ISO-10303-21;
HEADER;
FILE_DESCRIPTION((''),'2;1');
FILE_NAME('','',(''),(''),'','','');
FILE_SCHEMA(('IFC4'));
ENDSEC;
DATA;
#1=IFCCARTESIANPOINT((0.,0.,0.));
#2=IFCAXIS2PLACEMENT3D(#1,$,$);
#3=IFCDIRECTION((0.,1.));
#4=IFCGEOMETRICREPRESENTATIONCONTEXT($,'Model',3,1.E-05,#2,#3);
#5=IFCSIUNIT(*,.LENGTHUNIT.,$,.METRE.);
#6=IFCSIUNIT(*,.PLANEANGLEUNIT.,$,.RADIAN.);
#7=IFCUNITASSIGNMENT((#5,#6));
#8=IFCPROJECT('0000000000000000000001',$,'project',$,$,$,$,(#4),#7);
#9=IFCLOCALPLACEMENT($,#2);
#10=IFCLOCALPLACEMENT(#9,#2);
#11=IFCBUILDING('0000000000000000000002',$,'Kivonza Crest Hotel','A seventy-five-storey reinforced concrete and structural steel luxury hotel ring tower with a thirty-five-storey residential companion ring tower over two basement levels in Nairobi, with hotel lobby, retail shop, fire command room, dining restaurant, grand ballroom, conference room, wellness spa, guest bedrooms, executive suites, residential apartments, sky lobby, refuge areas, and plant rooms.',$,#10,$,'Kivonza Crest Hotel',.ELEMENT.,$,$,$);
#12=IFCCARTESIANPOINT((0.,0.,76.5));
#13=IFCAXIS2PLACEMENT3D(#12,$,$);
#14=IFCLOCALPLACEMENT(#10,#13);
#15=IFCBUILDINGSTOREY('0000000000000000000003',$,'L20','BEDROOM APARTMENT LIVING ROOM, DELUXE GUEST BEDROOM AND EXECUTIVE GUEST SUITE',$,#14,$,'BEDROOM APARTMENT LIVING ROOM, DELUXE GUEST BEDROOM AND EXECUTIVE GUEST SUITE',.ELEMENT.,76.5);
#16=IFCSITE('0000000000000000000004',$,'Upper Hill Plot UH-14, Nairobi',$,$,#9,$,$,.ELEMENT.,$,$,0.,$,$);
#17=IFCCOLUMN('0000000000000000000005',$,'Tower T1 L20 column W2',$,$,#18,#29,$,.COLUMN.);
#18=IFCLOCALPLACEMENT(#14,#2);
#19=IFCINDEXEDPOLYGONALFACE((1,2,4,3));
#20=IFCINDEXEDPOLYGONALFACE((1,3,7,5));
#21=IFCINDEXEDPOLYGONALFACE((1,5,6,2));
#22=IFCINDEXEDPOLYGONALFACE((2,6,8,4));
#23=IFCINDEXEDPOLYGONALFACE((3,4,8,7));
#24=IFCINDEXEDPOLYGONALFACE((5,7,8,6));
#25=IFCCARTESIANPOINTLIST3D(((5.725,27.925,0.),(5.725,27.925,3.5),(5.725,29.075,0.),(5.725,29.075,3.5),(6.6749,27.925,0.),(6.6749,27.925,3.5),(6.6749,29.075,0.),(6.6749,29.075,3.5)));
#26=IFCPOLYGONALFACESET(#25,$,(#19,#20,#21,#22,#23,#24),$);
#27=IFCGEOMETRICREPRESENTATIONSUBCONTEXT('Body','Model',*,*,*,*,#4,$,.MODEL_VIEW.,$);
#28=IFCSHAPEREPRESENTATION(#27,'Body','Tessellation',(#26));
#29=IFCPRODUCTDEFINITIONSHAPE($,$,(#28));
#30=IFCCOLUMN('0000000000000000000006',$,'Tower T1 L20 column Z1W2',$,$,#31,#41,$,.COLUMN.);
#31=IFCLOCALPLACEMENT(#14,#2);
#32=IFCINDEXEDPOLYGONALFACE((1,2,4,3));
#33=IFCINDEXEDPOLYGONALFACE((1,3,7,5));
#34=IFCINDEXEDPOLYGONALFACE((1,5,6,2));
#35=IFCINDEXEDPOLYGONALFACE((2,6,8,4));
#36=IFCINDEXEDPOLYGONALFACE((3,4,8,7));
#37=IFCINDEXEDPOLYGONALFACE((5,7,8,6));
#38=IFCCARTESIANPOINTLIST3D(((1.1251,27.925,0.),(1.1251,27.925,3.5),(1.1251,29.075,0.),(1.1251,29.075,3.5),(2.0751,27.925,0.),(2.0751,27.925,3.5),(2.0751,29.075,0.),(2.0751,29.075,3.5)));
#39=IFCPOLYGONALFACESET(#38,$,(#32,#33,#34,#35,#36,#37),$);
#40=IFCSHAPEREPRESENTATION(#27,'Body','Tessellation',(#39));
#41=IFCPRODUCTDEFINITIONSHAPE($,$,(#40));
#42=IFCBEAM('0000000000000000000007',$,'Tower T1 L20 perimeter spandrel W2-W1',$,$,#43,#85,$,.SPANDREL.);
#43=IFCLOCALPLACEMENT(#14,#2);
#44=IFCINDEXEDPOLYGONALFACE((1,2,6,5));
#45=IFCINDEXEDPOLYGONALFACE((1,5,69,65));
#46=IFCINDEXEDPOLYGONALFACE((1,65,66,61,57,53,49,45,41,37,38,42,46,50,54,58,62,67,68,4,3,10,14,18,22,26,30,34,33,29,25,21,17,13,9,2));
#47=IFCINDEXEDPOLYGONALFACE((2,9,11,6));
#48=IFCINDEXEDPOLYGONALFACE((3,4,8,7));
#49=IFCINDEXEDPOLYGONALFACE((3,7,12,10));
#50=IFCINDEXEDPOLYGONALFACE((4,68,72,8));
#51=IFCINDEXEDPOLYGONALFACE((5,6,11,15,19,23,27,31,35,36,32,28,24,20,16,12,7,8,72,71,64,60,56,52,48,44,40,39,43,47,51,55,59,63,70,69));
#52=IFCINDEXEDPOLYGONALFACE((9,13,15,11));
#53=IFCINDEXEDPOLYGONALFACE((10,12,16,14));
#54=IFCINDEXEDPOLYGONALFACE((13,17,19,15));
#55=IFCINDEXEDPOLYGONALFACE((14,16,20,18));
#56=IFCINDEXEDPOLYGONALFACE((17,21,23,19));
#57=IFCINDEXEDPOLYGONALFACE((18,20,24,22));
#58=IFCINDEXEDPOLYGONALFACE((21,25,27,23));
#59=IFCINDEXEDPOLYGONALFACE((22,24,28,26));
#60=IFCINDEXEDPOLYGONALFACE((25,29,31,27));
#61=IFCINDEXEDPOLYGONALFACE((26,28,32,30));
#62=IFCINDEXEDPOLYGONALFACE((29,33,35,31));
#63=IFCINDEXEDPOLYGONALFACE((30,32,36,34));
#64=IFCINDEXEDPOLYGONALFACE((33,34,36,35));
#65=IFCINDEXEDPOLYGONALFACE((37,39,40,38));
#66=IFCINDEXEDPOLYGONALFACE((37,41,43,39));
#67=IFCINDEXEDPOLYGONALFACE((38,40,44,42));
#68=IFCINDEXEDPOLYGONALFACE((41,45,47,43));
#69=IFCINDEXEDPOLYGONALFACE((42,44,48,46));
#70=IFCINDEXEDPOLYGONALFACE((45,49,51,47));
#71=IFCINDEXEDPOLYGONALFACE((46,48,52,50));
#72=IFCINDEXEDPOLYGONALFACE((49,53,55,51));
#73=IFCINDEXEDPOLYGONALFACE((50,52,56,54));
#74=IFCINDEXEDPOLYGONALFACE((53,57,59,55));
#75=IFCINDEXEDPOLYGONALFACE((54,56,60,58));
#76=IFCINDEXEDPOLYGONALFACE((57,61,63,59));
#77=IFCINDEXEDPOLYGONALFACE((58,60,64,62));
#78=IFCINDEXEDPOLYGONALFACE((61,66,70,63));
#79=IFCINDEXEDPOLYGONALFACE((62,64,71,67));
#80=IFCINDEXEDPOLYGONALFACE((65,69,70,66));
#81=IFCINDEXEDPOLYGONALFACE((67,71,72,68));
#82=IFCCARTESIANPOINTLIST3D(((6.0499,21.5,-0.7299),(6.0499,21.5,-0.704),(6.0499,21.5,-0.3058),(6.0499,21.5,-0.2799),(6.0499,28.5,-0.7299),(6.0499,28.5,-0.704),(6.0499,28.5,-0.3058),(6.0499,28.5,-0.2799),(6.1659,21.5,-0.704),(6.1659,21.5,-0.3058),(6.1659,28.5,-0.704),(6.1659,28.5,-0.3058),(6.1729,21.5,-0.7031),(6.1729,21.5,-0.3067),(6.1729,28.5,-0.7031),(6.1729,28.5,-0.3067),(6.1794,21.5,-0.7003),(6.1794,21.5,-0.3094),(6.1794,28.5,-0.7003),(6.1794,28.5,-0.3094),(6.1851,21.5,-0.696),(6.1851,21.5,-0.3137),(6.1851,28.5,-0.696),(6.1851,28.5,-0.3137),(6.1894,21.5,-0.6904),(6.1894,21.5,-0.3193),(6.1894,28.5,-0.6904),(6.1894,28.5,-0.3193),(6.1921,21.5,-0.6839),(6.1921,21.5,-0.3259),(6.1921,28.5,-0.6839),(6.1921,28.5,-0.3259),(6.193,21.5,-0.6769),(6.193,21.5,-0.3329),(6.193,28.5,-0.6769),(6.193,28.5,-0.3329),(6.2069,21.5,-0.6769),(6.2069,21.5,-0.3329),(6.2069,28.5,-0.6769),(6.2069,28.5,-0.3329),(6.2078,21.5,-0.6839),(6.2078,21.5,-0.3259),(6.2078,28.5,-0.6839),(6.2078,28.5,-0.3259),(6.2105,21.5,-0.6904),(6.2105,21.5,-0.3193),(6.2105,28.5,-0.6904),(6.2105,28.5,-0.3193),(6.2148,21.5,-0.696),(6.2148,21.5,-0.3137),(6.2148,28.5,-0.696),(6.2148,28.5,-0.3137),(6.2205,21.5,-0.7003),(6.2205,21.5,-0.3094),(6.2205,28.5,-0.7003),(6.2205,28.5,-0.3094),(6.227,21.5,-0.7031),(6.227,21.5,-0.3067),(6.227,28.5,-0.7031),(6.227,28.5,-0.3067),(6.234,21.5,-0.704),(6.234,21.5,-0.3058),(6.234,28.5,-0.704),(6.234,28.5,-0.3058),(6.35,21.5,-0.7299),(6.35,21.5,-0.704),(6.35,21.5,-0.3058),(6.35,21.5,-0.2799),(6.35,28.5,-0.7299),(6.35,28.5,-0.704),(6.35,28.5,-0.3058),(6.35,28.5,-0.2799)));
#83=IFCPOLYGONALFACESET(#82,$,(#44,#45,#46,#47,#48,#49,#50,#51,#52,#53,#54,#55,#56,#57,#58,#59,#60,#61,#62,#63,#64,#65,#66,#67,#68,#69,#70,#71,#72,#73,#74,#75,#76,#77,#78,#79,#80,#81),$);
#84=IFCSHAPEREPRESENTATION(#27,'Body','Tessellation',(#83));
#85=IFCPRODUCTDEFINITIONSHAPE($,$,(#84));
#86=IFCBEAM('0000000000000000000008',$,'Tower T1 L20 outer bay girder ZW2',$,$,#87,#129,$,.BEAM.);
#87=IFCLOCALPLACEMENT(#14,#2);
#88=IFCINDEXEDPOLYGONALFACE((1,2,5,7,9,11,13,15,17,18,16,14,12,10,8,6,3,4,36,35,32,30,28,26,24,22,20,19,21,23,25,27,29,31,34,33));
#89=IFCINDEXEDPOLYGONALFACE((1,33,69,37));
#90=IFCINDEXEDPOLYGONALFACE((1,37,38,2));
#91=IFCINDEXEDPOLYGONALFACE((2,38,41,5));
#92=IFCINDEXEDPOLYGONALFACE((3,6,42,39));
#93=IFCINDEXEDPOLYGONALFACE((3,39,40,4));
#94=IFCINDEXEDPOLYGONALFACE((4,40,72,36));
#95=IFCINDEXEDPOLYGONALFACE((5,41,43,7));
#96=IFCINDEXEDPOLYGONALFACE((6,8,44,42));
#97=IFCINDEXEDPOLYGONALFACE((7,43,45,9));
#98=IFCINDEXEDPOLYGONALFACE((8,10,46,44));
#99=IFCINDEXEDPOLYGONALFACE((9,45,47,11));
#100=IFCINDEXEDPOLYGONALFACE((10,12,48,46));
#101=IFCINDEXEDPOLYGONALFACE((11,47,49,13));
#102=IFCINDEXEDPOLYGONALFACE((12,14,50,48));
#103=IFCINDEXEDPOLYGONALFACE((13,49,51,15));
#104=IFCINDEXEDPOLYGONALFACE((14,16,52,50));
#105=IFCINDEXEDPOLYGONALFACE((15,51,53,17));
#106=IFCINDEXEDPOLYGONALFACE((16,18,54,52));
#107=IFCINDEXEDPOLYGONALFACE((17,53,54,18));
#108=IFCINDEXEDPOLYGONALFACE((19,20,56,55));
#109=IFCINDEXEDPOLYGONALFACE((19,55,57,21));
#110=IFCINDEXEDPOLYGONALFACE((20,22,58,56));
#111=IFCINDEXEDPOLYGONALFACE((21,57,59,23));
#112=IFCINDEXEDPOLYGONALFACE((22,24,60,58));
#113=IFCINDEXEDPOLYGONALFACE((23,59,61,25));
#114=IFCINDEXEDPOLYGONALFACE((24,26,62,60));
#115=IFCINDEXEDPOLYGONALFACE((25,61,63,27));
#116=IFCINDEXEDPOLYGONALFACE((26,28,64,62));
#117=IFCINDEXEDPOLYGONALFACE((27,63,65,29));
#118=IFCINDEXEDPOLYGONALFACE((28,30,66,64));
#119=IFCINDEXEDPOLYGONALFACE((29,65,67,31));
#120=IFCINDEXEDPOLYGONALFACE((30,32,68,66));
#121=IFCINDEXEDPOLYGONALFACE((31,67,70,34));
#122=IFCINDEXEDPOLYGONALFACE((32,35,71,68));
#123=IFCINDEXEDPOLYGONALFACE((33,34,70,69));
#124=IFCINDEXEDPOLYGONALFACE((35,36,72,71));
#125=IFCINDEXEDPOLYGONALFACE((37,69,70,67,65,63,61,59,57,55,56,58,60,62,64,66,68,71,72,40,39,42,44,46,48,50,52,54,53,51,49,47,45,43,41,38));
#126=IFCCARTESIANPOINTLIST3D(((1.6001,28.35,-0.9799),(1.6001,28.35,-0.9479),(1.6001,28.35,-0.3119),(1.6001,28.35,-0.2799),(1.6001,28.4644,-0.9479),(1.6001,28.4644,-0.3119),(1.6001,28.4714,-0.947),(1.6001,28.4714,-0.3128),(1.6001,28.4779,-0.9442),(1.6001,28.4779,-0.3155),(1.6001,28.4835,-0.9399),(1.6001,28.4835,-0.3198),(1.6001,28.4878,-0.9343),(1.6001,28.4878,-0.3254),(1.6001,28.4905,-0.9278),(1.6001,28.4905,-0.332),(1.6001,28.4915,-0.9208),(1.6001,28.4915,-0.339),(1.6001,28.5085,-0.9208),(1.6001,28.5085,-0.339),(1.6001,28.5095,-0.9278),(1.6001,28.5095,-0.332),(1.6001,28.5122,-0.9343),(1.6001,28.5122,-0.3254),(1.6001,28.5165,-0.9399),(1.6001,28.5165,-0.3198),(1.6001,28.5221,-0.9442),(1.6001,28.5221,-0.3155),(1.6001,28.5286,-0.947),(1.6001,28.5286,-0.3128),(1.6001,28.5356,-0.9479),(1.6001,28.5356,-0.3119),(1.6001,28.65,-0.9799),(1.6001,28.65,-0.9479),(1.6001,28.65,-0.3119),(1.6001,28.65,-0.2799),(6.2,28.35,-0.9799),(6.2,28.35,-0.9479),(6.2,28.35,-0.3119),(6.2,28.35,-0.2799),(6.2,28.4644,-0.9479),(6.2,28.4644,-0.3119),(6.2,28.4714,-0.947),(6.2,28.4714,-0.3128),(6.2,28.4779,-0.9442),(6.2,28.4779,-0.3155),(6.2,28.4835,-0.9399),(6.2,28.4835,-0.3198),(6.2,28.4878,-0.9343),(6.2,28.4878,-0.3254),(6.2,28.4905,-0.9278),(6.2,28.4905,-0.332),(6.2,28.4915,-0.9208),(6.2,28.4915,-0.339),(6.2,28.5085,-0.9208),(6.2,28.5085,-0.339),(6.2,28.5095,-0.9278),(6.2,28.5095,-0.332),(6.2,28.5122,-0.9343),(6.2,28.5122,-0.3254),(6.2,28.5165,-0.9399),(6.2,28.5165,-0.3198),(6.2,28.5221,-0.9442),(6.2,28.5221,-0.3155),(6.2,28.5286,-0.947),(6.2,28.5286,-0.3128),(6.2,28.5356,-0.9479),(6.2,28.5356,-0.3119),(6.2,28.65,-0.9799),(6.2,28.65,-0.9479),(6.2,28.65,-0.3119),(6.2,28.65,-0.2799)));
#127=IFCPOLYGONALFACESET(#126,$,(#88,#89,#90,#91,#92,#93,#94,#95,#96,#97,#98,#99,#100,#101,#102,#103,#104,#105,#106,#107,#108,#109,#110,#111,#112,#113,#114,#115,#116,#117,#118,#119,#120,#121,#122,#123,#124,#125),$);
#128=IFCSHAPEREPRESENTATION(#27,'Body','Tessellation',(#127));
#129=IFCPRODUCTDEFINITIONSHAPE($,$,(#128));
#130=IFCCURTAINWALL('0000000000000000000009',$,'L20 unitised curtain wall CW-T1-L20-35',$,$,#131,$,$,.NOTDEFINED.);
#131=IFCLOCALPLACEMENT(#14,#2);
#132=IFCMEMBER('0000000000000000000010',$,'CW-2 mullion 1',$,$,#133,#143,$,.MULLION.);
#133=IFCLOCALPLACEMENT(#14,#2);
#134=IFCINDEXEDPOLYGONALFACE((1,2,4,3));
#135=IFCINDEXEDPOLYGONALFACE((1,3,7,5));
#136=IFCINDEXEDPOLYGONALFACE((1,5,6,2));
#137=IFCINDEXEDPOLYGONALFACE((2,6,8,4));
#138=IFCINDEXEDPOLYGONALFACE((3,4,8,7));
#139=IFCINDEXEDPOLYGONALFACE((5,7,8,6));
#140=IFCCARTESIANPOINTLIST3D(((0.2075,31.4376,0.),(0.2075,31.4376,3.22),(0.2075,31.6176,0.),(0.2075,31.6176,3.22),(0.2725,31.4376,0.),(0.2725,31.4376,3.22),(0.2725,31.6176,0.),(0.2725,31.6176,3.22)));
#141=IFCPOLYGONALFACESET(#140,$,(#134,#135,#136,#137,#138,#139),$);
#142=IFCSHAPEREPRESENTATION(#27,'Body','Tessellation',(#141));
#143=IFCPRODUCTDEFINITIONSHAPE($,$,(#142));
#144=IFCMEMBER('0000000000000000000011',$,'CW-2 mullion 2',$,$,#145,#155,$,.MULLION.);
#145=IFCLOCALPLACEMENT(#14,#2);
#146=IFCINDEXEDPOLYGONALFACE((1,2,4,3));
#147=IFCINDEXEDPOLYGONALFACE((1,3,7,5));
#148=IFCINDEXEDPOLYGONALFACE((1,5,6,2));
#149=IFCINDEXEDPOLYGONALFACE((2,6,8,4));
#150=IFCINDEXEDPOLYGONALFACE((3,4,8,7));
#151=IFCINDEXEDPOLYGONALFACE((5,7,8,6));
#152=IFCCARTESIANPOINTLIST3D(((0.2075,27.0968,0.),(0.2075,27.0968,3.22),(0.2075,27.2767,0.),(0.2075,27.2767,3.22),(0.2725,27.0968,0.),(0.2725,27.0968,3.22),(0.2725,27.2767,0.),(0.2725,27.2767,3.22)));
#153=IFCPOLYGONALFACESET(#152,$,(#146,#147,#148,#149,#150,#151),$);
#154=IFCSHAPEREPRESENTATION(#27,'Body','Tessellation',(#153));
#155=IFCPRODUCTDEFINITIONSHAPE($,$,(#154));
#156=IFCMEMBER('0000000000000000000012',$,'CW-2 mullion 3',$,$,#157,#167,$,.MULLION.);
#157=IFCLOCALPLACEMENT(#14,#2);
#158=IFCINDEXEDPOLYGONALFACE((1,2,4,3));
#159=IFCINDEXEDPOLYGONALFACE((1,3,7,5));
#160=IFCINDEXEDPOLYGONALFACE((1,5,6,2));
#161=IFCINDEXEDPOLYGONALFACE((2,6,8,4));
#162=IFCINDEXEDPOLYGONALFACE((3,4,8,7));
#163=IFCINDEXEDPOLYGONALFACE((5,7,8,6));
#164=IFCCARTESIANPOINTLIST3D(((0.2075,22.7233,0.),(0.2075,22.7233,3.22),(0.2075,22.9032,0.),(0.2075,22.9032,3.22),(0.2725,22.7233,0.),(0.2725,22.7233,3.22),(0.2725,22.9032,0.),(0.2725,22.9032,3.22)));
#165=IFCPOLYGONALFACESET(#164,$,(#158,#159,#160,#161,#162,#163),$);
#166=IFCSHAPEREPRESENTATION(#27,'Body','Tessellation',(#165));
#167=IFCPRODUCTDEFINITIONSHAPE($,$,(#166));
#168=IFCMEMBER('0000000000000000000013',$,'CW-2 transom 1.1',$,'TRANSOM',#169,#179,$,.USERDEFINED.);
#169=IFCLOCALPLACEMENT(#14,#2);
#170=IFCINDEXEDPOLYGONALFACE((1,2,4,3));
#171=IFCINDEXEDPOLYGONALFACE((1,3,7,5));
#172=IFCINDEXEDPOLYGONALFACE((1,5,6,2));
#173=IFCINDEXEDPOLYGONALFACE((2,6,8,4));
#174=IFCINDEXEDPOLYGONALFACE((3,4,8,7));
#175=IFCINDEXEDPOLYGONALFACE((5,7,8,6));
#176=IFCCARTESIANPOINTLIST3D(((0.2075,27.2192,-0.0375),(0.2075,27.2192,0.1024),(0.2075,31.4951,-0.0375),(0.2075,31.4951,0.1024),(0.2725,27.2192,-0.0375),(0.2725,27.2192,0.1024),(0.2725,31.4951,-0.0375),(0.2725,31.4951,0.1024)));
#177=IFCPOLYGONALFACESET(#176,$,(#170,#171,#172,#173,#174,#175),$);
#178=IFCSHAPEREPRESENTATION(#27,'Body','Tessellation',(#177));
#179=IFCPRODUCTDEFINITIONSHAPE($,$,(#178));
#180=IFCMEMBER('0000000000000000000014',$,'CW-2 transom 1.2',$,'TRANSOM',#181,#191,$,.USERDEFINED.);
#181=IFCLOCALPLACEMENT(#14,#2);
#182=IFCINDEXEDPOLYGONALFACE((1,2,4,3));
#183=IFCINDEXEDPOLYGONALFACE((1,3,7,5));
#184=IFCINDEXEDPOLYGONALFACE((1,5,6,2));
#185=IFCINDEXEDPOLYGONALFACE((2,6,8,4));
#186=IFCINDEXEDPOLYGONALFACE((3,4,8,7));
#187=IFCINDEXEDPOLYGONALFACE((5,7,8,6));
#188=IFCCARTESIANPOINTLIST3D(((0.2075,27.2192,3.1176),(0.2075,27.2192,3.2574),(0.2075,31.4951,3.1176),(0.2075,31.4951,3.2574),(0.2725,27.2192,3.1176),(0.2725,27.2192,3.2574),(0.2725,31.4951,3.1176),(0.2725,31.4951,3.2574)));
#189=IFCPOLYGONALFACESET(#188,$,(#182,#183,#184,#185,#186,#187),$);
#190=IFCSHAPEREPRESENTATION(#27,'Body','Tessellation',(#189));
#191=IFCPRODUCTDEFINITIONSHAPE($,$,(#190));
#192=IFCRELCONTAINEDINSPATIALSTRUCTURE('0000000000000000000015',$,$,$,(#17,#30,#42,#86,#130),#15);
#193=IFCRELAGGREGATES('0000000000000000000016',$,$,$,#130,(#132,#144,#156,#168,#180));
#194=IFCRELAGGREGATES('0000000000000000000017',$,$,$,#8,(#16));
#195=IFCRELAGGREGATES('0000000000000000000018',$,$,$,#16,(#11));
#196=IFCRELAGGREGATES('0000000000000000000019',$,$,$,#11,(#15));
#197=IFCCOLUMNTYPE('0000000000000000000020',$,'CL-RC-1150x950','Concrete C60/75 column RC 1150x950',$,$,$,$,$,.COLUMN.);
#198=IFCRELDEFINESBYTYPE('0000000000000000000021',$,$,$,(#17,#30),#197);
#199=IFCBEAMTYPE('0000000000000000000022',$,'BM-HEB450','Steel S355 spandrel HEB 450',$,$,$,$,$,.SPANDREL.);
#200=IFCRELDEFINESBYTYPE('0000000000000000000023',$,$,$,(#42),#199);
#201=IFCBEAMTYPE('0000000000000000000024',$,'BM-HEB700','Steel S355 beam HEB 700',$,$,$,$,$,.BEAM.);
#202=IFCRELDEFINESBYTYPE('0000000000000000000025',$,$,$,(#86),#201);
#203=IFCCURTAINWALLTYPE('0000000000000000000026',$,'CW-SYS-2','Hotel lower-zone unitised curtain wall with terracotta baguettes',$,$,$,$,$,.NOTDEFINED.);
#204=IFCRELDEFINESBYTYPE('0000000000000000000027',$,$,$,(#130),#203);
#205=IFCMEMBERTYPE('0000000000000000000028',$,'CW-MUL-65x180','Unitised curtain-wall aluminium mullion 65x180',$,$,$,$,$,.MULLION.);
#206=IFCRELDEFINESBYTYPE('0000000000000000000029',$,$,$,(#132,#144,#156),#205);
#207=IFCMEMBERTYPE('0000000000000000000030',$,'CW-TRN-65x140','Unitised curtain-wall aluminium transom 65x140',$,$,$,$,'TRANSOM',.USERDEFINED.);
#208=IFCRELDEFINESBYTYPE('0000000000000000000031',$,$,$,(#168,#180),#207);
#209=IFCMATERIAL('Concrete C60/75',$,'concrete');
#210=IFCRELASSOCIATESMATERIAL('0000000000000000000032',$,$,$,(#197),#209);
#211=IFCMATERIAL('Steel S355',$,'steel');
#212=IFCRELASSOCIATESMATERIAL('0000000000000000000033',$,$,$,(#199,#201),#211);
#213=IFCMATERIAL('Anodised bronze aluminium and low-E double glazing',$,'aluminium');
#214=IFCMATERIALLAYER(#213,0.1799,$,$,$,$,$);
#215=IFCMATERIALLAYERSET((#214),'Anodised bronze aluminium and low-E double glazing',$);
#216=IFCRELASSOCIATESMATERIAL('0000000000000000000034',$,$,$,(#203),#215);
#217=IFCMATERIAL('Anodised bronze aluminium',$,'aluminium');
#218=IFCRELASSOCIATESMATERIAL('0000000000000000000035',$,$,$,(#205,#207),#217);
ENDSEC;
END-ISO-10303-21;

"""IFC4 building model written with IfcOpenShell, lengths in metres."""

from ifc_helpers import new_model, si_unit, direction, frame, origin, origin_2d, place, context, subcontext, project, spatial, rectangle, i_section, extrude, material, layer, layer_set, material_profile, profile_set, type_object, element, aggregate, save


model = new_model("IFC4")

# Units and contexts
model_context = context("Model", 3, precision=1e-05, world=origin(), true_north=direction((0.0, 1.0)))
body_context = subcontext(model_context, "Body", "Model", "MODEL_VIEW")
ifc_project = project(units=[si_unit("LENGTHUNIT", "METRE"), si_unit("PLANEANGLEUNIT", "RADIAN")], contexts=[model_context])

# Site, building, storey
site_placement = place(None, origin())
site = spatial("IfcSite", under=ifc_project, at=site_placement, Name="Upper Hill Plot UH-14, Nairobi", CompositionType="ELEMENT", RefElevation=0.0)
building_placement = place(site_placement, origin())
building = spatial("IfcBuilding", under=site, at=building_placement, Name="Kivonza Crest Hotel", Description="A seventy-five-storey reinforced concrete and structural steel luxury hotel ring tower with a thirty-five-storey residential companion ring tower over two basement levels in Nairobi, with hotel lobby, retail shop, fire command room, dining restaurant, grand ballroom, conference room, wellness spa, guest bedrooms, executive suites, residential apartments, sky lobby, refuge areas, and plant rooms.", LongName="Kivonza Crest Hotel", CompositionType="ELEMENT")
storey_placement = place(building_placement, frame((0.0, 0.0, 76.5)))
storey = spatial("IfcBuildingStorey", under=building, at=storey_placement, Name="L20", Description="BEDROOM APARTMENT LIVING ROOM, DELUXE GUEST BEDROOM AND EXECUTIVE GUEST SUITE", LongName="BEDROOM APARTMENT LIVING ROOM, DELUXE GUEST BEDROOM AND EXECUTIVE GUEST SUITE", CompositionType="ELEMENT", Elevation=76.5)

# Columns
ifc_material_1 = material(Name="Concrete C60/75", Category="concrete")
ifc_material_profile_1 = material_profile(ifc_material_1, rectangle(XDim=0.95, YDim=1.1499, at=origin_2d()), Name="RC 1150x950")
ifc_profile_set_1 = profile_set([ifc_material_profile_1], Name="Concrete C60/75")
column_type = type_object("IfcColumnType", Name="CL-RC-1150x950", Description="Concrete C60/75 column RC 1150x950", PredefinedType="COLUMN", material=ifc_profile_set_1)
for number, where, z_axis, x_axis, name in (
    (1, (6.2, 28.5, 0.0), (0.0, 0.0, 1.0), (1.0, 0.0, 0.0), "Tower T1 L20 column W2"),
    (2, (1.6001, 28.5, 0.0), (0.0, 0.0, 1.0), (1.0, 0.0, 0.0), "Tower T1 L20 column Z1W2"),
):
    element("IfcColumn", number, at=place(storey_placement, frame(where, z_axis=z_axis, x_axis=x_axis)), inside=storey, type_object=column_type, Name=name, PredefinedType="COLUMN", context=body_context, shape_type="SweptSolid", body=[
        extrude(rectangle(XDim=0.95, YDim=1.1499, at=origin_2d()), origin(), (0.0, 0.0, 1.0), 3.5),
    ])

# Beams
ifc_material_2 = material(Name="Steel S355", Category="steel")
ifc_material_profile_2 = material_profile(ifc_material_2, i_section(OverallWidth=0.3, OverallDepth=0.45, WebThickness=0.0139, FlangeThickness=0.0259, FilletRadius=0.0271, at=origin_2d()), Name="HEB 450")
ifc_profile_set_2 = profile_set([ifc_material_profile_2], Name="Steel S355")
beam_type_1 = type_object("IfcBeamType", Name="BM-HEB450", Description="Steel S355 spandrel HEB 450", PredefinedType="SPANDREL", material=ifc_profile_set_2)
beam_1_placement = place(storey_placement, frame((6.2, 28.5, -0.5049), z_axis=(0.0, -1.0, 0.0), x_axis=(1.0, 0.0, 0.0)))
element("IfcBeam", 3, at=beam_1_placement, inside=storey, type_object=beam_type_1, Name="Tower T1 L20 perimeter spandrel W2-W1", PredefinedType="SPANDREL", context=body_context, shape_type="SweptSolid", body=[
    extrude(i_section(OverallWidth=0.3, OverallDepth=0.45, WebThickness=0.0139, FlangeThickness=0.0259, FilletRadius=0.0271, at=origin_2d()), origin(), (0.0, 0.0, 1.0), 7.0),
])
ifc_material_profile_3 = material_profile(ifc_material_2, i_section(OverallWidth=0.3, OverallDepth=0.7, WebThickness=0.0171, FlangeThickness=0.032, FilletRadius=0.0271, at=origin_2d()), Name="HEB 700")
ifc_profile_set_3 = profile_set([ifc_material_profile_3], Name="Steel S355")
beam_type_2 = type_object("IfcBeamType", Name="BM-HEB700", Description="Steel S355 beam HEB 700", PredefinedType="BEAM", material=ifc_profile_set_3)
beam_2_placement = place(storey_placement, frame((1.6001, 28.5, -0.6299), z_axis=(1.0, 0.0, 0.0), x_axis=(0.0, 1.0, 0.0)))
element("IfcBeam", 4, at=beam_2_placement, inside=storey, type_object=beam_type_2, Name="Tower T1 L20 outer bay girder ZW2", PredefinedType="BEAM", context=body_context, shape_type="SweptSolid", body=[
    extrude(i_section(OverallWidth=0.3, OverallDepth=0.7, WebThickness=0.0171, FlangeThickness=0.032, FilletRadius=0.0271, at=origin_2d()), origin(), (0.0, 0.0, 1.0), 4.5999),
])

# Curtain wall, members
ifc_material_3 = material(Name="Anodised bronze aluminium and low-E double glazing", Category="aluminium")
ifc_layer_1 = layer(ifc_material_3, 0.1799)
ifc_layer_set_1 = layer_set([ifc_layer_1], Name="Anodised bronze aluminium and low-E double glazing")
curtain_wall_type = type_object("IfcCurtainWallType", Name="CW-SYS-2", Description="Hotel lower-zone unitised curtain wall with terracotta baguettes", PredefinedType="NOTDEFINED", material=ifc_layer_set_1)
curtain_wall_placement = place(storey_placement, origin())
curtain_wall = element("IfcCurtainWall", 5, at=curtain_wall_placement, inside=storey, type_object=curtain_wall_type, Name="L20 unitised curtain wall CW-T1-L20-35", PredefinedType="NOTDEFINED")
ifc_material_4 = material(Name="Anodised bronze aluminium", Category="aluminium")
ifc_material_profile_4 = material_profile(ifc_material_4, rectangle(XDim=0.0649, YDim=0.1799, at=origin_2d()), Name="CW-M 65x180")
ifc_profile_set_4 = profile_set([ifc_material_profile_4], Name="Anodised bronze aluminium")
member_type_1 = type_object("IfcMemberType", Name="CW-MUL-65x180", Description="Unitised curtain-wall aluminium mullion 65x180", PredefinedType="MULLION", material=ifc_profile_set_4)
member_1_placement = place(storey_placement, frame((0.24, 31.5276, 0.0), z_axis=(0.0, 0.0, 1.0), x_axis=(1.0, 0.0, 0.0)))
member_1 = element("IfcMember", 6, at=member_1_placement, type_object=member_type_1, Name="CW-2 mullion 1", PredefinedType="MULLION", context=body_context, shape_type="SweptSolid", body=[
    extrude(rectangle(XDim=0.0649, YDim=0.1799, at=origin_2d()), origin(), (0.0, 0.0, 1.0), 3.22),
])
member_2_placement = place(storey_placement, frame((0.24, 27.1868, 0.0), z_axis=(0.0, 0.0, 1.0), x_axis=(1.0, 0.0, 0.0)))
member_2 = element("IfcMember", 7, at=member_2_placement, type_object=member_type_1, Name="CW-2 mullion 2", PredefinedType="MULLION", context=body_context, shape_type="SweptSolid", body=[
    extrude(rectangle(XDim=0.0649, YDim=0.1799, at=origin_2d()), origin(), (0.0, 0.0, 1.0), 3.22),
])
member_3_placement = place(storey_placement, frame((0.24, 22.8132, 0.0), z_axis=(0.0, 0.0, 1.0), x_axis=(1.0, 0.0, 0.0)))
member_3 = element("IfcMember", 8, at=member_3_placement, type_object=member_type_1, Name="CW-2 mullion 3", PredefinedType="MULLION", context=body_context, shape_type="SweptSolid", body=[
    extrude(rectangle(XDim=0.0649, YDim=0.1799, at=origin_2d()), origin(), (0.0, 0.0, 1.0), 3.22),
])
ifc_material_profile_5 = material_profile(ifc_material_4, rectangle(XDim=0.0649, YDim=0.1399, at=origin_2d()), Name="CW-T 65x140")
ifc_profile_set_5 = profile_set([ifc_material_profile_5], Name="Anodised bronze aluminium")
member_type_2 = type_object("IfcMemberType", Name="CW-TRN-65x140", Description="Unitised curtain-wall aluminium transom 65x140", ElementType="TRANSOM", PredefinedType="USERDEFINED", material=ifc_profile_set_5)
member_4_placement = place(storey_placement, frame((0.24, 31.4951, 0.0325), z_axis=(0.0, -1.0, 0.0), x_axis=(1.0, 0.0, 0.0)))
member_4 = element("IfcMember", 9, at=member_4_placement, type_object=member_type_2, Name="CW-2 transom 1.1", ObjectType="TRANSOM", PredefinedType="USERDEFINED", context=body_context, shape_type="SweptSolid", body=[
    extrude(rectangle(XDim=0.0649, YDim=0.1399, at=origin_2d()), origin(), (0.0, 0.0, 1.0), 4.2759),
])
member_5_placement = place(storey_placement, frame((0.24, 31.4951, 3.1875), z_axis=(0.0, -1.0, 0.0), x_axis=(1.0, 0.0, 0.0)))
member_5 = element("IfcMember", 10, at=member_5_placement, type_object=member_type_2, Name="CW-2 transom 1.2", ObjectType="TRANSOM", PredefinedType="USERDEFINED", context=body_context, shape_type="SweptSolid", body=[
    extrude(rectangle(XDim=0.0649, YDim=0.1399, at=origin_2d()), origin(), (0.0, 0.0, 1.0), 4.2759),
])
aggregate(curtain_wall, [member_1, member_2, member_3, member_4, member_5])

save(model, "model.ifc")
